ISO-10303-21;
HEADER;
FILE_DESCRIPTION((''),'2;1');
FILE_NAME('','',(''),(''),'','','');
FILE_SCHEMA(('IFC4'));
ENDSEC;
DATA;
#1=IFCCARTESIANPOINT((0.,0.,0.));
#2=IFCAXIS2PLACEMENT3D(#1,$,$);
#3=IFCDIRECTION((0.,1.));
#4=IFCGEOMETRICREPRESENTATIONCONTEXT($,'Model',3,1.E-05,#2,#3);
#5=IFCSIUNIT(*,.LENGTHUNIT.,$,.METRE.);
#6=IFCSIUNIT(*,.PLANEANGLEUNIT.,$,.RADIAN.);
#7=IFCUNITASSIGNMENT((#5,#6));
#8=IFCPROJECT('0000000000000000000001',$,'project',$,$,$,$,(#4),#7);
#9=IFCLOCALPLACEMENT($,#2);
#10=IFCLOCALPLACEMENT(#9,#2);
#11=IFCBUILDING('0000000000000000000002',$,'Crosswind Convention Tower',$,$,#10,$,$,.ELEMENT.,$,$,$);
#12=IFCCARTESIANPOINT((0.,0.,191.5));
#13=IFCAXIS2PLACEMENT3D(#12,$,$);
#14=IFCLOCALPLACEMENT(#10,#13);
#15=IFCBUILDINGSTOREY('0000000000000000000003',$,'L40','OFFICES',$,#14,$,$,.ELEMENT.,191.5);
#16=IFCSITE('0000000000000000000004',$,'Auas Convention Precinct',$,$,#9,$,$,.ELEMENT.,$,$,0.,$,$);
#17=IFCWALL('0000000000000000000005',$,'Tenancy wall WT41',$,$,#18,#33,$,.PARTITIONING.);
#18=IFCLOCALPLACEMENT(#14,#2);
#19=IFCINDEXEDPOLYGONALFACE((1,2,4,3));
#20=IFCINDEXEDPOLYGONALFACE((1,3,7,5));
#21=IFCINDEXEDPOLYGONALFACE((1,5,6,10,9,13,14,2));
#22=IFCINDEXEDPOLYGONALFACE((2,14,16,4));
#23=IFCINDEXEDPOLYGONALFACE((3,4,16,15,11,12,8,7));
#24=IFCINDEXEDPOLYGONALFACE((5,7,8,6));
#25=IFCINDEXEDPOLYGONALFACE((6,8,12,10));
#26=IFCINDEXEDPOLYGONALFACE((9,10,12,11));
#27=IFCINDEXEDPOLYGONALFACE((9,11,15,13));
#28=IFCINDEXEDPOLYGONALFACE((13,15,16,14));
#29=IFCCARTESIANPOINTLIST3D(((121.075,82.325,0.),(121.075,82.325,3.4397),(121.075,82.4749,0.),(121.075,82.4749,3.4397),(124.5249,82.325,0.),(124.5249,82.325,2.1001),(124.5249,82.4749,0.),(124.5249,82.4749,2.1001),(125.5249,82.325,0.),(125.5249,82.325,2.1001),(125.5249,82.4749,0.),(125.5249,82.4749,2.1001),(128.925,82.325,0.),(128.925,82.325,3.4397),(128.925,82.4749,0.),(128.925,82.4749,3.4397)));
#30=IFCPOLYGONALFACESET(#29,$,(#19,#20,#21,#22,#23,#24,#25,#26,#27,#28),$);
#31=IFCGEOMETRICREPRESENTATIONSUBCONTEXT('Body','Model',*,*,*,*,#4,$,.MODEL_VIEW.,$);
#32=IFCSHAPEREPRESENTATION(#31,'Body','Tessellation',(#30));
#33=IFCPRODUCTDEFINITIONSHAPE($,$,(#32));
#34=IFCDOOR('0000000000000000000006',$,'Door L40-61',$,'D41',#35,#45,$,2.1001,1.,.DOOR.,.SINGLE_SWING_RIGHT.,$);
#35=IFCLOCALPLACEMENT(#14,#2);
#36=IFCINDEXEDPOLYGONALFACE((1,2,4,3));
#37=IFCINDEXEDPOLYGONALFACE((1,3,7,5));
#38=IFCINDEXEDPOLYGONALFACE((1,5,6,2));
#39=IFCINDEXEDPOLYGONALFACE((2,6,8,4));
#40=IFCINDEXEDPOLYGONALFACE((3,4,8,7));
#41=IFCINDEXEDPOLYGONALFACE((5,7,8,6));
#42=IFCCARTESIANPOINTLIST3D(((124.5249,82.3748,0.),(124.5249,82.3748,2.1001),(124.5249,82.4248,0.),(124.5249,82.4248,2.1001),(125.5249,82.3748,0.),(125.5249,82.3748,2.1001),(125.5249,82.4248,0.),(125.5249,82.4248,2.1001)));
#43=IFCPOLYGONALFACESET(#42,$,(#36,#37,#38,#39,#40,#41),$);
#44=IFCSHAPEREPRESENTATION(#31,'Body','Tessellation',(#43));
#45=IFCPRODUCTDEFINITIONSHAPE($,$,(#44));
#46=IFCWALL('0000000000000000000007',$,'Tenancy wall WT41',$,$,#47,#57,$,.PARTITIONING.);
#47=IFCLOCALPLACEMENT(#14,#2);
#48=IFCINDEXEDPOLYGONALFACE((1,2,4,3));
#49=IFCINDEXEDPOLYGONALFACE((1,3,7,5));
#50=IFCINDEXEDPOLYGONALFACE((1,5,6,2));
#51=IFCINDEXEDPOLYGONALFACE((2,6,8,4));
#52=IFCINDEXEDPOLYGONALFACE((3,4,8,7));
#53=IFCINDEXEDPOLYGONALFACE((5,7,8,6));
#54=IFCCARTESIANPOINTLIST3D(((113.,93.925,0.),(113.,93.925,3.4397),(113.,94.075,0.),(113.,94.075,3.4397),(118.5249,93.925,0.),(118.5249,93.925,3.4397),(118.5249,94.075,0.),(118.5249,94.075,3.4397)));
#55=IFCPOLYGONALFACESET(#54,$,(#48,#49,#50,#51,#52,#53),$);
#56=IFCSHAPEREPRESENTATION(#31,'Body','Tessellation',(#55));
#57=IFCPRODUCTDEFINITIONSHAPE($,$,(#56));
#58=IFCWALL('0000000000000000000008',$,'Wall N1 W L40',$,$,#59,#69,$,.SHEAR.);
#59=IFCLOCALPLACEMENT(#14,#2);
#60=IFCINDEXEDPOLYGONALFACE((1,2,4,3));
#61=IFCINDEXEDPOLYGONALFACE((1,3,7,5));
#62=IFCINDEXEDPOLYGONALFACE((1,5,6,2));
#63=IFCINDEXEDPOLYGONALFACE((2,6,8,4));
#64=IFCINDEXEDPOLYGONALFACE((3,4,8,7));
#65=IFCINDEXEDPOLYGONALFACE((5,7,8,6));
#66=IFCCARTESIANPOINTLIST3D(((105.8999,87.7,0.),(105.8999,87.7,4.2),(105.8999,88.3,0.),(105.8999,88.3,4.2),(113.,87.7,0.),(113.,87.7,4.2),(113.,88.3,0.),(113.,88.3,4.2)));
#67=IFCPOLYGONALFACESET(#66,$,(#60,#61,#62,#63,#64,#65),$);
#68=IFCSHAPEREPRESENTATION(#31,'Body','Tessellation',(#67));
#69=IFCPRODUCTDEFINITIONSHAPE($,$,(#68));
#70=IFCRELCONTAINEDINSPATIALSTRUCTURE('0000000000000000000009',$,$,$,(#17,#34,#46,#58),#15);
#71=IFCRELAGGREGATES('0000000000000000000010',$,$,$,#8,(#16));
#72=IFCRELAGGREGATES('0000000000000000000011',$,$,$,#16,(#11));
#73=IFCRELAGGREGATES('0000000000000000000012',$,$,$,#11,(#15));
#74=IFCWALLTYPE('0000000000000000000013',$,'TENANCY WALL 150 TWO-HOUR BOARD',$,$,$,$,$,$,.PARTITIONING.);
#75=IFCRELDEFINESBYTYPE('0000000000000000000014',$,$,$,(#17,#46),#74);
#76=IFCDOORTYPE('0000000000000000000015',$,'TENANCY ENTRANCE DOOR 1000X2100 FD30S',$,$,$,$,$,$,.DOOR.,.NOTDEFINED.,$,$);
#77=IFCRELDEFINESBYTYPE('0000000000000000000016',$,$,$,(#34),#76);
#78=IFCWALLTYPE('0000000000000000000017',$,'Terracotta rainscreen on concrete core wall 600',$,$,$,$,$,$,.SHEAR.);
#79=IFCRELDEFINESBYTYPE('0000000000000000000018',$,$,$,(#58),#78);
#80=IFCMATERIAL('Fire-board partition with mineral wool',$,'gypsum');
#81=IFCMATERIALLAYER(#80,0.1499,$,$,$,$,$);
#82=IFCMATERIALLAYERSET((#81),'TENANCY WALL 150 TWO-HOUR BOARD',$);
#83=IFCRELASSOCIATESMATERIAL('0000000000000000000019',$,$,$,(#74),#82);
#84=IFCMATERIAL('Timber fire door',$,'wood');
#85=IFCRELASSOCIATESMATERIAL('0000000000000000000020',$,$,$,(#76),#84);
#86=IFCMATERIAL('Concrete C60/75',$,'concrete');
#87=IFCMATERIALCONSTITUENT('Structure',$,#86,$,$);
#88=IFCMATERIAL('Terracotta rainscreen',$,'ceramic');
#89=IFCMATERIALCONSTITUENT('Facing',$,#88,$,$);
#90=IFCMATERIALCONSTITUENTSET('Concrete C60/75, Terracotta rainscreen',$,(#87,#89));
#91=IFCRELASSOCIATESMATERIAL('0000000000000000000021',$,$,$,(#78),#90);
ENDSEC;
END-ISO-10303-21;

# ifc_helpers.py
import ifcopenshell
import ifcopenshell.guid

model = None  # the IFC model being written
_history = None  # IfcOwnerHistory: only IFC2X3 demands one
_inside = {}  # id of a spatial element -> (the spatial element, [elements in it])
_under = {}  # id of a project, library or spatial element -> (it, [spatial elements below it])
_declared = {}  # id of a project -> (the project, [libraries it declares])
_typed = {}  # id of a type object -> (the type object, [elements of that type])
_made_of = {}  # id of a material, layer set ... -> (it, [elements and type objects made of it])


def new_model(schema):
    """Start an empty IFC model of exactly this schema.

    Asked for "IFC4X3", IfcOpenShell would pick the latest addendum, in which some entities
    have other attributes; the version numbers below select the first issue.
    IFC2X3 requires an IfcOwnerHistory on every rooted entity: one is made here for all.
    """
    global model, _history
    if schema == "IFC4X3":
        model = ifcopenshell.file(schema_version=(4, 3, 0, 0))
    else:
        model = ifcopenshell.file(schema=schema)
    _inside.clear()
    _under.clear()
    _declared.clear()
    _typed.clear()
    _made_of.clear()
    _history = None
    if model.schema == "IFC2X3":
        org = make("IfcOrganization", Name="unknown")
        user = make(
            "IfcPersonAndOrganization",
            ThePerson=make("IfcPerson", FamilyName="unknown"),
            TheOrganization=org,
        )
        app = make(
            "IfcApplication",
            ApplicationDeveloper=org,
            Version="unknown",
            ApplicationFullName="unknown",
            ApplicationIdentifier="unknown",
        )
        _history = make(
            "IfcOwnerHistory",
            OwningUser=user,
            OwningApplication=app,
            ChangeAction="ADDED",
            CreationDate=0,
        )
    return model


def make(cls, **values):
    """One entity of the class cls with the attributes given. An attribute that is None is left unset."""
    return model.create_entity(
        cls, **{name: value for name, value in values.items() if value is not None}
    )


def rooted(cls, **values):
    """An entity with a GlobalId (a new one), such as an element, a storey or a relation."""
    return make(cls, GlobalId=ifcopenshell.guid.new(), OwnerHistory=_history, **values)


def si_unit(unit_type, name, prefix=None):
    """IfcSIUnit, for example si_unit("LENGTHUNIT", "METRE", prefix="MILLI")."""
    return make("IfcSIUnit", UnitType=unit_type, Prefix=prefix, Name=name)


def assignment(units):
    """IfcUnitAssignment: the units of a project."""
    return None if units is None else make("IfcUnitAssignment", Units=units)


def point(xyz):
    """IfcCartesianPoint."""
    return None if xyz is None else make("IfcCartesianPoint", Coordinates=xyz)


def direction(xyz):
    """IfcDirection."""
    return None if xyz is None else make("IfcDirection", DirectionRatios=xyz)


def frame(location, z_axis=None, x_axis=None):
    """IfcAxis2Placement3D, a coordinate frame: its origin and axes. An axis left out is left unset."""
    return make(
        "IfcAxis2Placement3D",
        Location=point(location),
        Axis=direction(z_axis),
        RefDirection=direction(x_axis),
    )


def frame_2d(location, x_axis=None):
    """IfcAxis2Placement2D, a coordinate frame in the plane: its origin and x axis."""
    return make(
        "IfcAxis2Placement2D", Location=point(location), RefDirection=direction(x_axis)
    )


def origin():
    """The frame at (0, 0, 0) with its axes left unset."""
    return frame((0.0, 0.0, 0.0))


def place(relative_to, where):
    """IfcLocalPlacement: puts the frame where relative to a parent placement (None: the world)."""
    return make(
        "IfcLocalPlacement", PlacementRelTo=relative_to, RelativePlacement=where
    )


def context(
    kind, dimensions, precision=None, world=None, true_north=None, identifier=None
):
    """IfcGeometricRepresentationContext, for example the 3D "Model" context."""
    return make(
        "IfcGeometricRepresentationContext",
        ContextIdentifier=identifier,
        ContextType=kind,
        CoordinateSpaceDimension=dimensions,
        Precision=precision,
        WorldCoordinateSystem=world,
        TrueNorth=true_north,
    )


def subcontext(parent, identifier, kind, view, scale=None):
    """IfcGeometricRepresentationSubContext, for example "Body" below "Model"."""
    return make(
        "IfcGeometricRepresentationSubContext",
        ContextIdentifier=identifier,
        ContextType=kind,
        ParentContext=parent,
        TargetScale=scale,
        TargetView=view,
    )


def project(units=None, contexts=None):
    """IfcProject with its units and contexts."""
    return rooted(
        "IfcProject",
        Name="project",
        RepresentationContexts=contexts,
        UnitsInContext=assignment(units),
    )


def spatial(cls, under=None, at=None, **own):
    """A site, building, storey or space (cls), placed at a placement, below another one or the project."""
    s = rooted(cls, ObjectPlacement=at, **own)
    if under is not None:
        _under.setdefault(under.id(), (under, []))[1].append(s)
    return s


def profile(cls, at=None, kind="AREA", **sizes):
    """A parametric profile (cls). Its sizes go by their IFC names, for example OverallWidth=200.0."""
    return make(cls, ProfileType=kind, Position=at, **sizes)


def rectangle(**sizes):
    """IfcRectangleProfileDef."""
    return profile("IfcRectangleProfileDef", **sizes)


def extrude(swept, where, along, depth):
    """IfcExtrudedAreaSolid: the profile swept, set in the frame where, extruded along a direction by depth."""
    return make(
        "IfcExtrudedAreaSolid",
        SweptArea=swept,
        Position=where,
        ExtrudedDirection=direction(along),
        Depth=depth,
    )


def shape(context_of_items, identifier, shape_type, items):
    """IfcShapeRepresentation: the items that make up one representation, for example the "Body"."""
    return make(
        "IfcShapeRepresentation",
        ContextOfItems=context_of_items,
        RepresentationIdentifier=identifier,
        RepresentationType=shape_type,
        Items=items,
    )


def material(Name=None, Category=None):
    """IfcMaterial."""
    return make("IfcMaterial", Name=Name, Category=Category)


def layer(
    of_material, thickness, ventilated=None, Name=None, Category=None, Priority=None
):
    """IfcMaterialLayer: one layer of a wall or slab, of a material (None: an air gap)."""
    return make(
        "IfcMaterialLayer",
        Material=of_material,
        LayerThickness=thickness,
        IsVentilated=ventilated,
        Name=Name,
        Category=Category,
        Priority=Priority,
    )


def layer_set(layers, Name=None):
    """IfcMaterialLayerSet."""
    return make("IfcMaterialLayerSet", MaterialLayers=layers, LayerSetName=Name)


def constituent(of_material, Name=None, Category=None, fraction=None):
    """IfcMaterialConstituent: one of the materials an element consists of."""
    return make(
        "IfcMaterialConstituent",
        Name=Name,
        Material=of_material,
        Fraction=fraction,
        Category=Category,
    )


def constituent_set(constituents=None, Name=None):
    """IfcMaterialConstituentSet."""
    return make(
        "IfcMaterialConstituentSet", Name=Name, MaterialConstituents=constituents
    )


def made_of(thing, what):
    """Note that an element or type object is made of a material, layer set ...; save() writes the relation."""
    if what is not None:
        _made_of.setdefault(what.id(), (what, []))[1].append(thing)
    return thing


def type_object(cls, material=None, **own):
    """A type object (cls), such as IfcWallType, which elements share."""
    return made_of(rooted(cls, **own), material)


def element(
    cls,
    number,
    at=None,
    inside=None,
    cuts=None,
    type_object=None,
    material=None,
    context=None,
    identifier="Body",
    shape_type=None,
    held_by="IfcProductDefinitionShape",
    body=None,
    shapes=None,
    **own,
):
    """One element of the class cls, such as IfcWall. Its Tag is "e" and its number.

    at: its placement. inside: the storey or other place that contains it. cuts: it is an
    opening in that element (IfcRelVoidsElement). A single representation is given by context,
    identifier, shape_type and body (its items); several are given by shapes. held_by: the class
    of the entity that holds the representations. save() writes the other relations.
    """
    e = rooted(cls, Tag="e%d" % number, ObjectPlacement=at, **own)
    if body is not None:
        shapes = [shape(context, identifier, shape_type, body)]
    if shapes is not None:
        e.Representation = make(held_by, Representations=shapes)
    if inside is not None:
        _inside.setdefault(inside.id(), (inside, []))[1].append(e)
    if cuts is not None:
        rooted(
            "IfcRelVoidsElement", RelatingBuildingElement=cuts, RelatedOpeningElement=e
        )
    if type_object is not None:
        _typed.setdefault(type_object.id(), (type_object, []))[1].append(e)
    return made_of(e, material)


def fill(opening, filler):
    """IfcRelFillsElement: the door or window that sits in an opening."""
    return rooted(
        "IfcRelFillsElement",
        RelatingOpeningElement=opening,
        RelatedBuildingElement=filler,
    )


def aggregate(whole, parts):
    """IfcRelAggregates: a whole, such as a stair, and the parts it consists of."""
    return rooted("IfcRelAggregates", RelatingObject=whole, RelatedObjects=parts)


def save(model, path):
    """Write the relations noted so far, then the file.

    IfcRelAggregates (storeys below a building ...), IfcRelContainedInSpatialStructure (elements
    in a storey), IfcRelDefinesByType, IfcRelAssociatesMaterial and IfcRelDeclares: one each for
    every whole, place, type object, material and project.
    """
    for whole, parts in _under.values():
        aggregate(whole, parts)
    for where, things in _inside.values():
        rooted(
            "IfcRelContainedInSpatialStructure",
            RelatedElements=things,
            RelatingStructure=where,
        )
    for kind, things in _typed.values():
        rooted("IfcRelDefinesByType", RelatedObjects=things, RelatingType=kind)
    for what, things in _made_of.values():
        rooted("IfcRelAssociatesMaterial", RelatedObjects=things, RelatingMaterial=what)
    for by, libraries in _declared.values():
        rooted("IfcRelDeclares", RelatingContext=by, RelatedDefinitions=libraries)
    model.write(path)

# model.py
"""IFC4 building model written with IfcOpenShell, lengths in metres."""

from ifc_helpers import new_model, si_unit, direction, frame, frame_2d, origin, place, context, subcontext, project, spatial, rectangle, extrude, material, layer, layer_set, constituent, constituent_set, type_object, element, fill, save


model = new_model("IFC4")

# Units and contexts
model_context = context("Model", 3, precision=1e-05, world=origin(), true_north=direction((0.0, 1.0)))
body_context = subcontext(model_context, "Body", "Model", "MODEL_VIEW")
ifc_project = project(units=[si_unit("LENGTHUNIT", "METRE"), si_unit("PLANEANGLEUNIT", "RADIAN")], contexts=[model_context])

# Site, building, storey
site_placement = place(None, origin())
site = spatial("IfcSite", under=ifc_project, at=site_placement, Name="Auas Convention Precinct", CompositionType="ELEMENT", RefElevation=0.0)
building_placement = place(site_placement, origin())
building = spatial("IfcBuilding", under=site, at=building_placement, Name="Crosswind Convention Tower", CompositionType="ELEMENT")
storey_placement = place(building_placement, frame((0.0, 0.0, 191.5)))
storey = spatial("IfcBuildingStorey", under=building, at=storey_placement, Name="L40", Description="OFFICES", CompositionType="ELEMENT", Elevation=191.5)

# Shared definitions
ifc_material_1 = material(Name="Concrete C60/75", Category="concrete")

# Shared definitions
ifc_material_2 = material(Name="Fire-board partition with mineral wool", Category="gypsum")
ifc_layer_1 = layer(ifc_material_2, 0.1499)
ifc_layer_set_1 = layer_set([ifc_layer_1], Name="TENANCY WALL 150 TWO-HOUR BOARD")
wall_type_1 = type_object("IfcWallType", Name="TENANCY WALL 150 TWO-HOUR BOARD", PredefinedType="PARTITIONING", material=ifc_layer_set_1)
ifc_material_3 = material(Name="Timber fire door", Category="wood")
door_type = type_object("IfcDoorType", Name="TENANCY ENTRANCE DOOR 1000X2100 FD30S", OperationType="NOTDEFINED", PredefinedType="DOOR", material=ifc_material_3)

# Wall, opening, door
wall_1_placement = place(storey_placement, frame((121.075, 82.3999, 0.0), z_axis=(0.0, 0.0, 1.0), x_axis=(1.0, 0.0, 0.0)))
wall_1 = element("IfcWall", 1, at=wall_1_placement, inside=storey, type_object=wall_type_1, Name="Tenancy wall WT41", PredefinedType="PARTITIONING", context=body_context, shape_type="SweptSolid", body=[
    extrude(rectangle(XDim=7.8501, YDim=0.1499, at=frame_2d((3.925, 0.0))), origin(), (0.0, 0.0, 1.0), 3.4397),
])
opening_1_placement = place(wall_1_placement, frame((3.45, 0.0, 0.0)))
opening_1 = element("IfcOpeningElement", 2, at=opening_1_placement, cuts=wall_1, PredefinedType="OPENING", context=body_context, shape_type="SweptSolid", body=[
    extrude(rectangle(XDim=1.0, YDim=2.1001, at=frame_2d((0.5, 1.05))), frame((0.0, 0.085, 0.0), z_axis=(0.0, -1.0, 0.0), x_axis=(1.0, 0.0, 0.0)), (0.0, 0.0, 1.0), 0.1699),
])
door_1_placement = place(opening_1_placement, origin())
door_1 = element("IfcDoor", 3, at=door_1_placement, inside=storey, type_object=door_type, Name="Door L40-61", ObjectType="D41", OperationType="SINGLE_SWING_RIGHT", OverallHeight=2.1001, OverallWidth=1.0, PredefinedType="DOOR", context=body_context, shape_type="SweptSolid", body=[
    extrude(rectangle(XDim=1.0, YDim=2.1001, at=frame_2d((0.5, 1.05))), frame((0.0, 0.0249, 0.0), z_axis=(0.0, -1.0, 0.0), x_axis=(1.0, 0.0, 0.0)), (0.0, 0.0, 1.0), 0.05),
])
fill(opening_1, door_1)

# Walls
wall_2_placement = place(storey_placement, frame((113.0, 94.0, 0.0), z_axis=(0.0, 0.0, 1.0), x_axis=(1.0, 0.0, 0.0)))
element("IfcWall", 4, at=wall_2_placement, inside=storey, type_object=wall_type_1, Name="Tenancy wall WT41", PredefinedType="PARTITIONING", context=body_context, shape_type="SweptSolid", body=[
    extrude(rectangle(XDim=5.5249, YDim=0.1499, at=frame_2d((2.7625, 0.0))), origin(), (0.0, 0.0, 1.0), 3.4397),
])
ifc_constituent_1 = constituent(ifc_material_1, Name="Structure")
ifc_material_4 = material(Name="Terracotta rainscreen", Category="ceramic")
ifc_constituent_2 = constituent(ifc_material_4, Name="Facing")
ifc_constituent_set = constituent_set(constituents=[ifc_constituent_1, ifc_constituent_2], Name="Concrete C60/75, Terracotta rainscreen")
wall_type_2 = type_object("IfcWallType", Name="Terracotta rainscreen on concrete core wall 600", PredefinedType="SHEAR", material=ifc_constituent_set)
wall_3_placement = place(storey_placement, frame((113.0, 88.0, 0.0), z_axis=(0.0, 0.0, 1.0), x_axis=(-1.0, 0.0, 0.0)))
element("IfcWall", 5, at=wall_3_placement, inside=storey, type_object=wall_type_2, Name="Wall N1 W L40", PredefinedType="SHEAR", context=body_context, shape_type="SweptSolid", body=[
    extrude(rectangle(XDim=7.1001, YDim=0.6001, at=frame_2d((3.55, 0.0))), origin(), (0.0, 0.0, 1.0), 4.2),
])

save(model, "model.ifc")
